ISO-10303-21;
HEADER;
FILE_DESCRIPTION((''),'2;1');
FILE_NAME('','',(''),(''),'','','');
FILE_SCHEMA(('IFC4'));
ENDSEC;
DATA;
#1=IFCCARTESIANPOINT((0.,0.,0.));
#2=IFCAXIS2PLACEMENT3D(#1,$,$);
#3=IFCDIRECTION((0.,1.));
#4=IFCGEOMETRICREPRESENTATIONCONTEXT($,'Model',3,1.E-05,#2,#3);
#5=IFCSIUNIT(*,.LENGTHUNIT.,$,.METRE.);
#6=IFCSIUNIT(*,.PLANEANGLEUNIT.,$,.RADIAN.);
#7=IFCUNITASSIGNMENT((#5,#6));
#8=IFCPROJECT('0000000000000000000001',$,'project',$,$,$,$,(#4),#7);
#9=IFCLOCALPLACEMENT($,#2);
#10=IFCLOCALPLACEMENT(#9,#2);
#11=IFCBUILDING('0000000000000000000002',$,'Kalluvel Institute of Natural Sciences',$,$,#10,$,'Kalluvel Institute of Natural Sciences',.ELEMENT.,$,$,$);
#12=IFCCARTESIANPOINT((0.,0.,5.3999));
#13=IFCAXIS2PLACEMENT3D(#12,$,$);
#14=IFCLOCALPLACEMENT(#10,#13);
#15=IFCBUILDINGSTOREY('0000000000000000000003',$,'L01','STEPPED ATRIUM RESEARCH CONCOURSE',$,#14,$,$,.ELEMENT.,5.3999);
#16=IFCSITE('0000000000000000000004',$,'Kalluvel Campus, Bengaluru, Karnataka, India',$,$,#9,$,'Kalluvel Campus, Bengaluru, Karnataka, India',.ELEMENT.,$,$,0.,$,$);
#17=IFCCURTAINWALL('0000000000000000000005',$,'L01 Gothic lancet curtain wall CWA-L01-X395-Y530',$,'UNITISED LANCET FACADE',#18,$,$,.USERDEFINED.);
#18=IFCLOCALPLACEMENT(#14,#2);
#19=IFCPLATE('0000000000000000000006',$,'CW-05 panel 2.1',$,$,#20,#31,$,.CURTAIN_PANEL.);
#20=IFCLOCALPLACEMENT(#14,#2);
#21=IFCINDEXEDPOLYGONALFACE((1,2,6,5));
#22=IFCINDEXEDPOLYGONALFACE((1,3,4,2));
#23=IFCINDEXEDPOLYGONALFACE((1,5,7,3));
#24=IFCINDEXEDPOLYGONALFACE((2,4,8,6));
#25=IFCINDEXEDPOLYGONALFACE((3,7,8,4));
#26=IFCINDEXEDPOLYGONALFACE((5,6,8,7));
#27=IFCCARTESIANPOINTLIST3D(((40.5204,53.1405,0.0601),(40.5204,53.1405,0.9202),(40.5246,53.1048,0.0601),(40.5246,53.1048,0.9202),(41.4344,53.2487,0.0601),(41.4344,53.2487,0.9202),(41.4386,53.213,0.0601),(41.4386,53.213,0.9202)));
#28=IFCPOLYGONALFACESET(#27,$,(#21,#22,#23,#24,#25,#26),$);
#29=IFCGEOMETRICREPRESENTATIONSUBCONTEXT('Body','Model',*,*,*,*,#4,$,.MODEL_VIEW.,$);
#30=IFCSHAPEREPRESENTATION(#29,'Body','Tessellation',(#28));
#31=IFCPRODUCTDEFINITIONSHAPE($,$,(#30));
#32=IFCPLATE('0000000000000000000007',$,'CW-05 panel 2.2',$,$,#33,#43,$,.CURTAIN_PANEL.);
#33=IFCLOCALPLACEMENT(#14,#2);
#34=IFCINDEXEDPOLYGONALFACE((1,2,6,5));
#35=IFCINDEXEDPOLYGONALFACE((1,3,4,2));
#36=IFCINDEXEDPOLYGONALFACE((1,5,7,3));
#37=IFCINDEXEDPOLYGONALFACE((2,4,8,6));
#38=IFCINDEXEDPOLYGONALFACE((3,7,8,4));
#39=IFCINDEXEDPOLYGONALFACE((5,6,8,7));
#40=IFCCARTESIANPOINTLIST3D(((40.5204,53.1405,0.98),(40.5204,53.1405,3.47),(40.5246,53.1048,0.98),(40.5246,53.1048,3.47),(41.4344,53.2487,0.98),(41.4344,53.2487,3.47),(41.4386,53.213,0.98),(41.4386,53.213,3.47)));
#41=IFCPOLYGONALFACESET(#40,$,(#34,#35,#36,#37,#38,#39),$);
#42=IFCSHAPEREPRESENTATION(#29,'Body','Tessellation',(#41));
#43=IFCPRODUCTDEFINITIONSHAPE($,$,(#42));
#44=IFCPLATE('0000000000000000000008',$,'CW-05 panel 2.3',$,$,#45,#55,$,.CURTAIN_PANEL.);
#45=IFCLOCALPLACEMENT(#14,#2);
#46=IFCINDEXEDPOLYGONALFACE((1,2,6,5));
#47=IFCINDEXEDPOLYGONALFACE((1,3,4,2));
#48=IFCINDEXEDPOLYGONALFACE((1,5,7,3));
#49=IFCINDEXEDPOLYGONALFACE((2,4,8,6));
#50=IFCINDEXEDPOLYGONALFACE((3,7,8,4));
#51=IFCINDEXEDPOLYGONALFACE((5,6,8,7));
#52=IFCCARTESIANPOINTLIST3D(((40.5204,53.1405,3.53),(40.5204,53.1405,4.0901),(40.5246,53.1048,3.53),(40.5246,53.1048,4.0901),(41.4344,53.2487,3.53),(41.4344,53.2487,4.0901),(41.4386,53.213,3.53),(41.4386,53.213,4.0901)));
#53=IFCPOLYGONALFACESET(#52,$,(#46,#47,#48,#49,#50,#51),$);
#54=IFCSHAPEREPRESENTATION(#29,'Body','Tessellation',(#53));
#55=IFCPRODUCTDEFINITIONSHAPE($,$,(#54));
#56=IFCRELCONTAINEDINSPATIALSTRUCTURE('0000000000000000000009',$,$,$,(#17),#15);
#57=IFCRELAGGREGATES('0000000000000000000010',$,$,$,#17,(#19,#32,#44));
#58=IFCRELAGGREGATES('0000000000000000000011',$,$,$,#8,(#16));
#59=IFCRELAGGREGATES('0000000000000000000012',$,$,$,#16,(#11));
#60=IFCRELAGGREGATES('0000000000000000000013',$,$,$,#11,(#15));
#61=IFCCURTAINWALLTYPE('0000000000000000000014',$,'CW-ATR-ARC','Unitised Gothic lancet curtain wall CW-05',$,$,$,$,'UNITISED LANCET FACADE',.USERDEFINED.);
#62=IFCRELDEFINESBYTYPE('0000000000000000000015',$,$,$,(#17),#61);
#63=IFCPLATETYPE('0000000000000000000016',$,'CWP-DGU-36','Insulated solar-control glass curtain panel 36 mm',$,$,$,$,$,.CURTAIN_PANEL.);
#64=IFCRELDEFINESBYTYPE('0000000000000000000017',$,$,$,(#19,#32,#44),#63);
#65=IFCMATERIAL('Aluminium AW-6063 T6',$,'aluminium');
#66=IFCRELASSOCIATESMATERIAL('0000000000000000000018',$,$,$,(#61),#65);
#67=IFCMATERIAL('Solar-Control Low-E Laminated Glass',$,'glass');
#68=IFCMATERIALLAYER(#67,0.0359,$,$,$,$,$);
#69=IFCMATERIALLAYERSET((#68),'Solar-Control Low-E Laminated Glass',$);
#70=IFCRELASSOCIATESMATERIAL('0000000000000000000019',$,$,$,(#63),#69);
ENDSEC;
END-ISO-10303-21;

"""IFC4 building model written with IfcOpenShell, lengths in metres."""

from ifc_helpers import new_model, si_unit, direction, frame, origin, origin_2d, place, context, subcontext, project, spatial, rectangle, extrude, material, layer, layer_set, type_object, element, aggregate, save


model = new_model("IFC4")

# Units and contexts
model_context = context("Model", 3, precision=1e-05, world=origin(), true_north=direction((0.0, 1.0)))
body_context = subcontext(model_context, "Body", "Model", "MODEL_VIEW")
ifc_project = project(units=[si_unit("LENGTHUNIT", "METRE"), si_unit("PLANEANGLEUNIT", "RADIAN")], contexts=[model_context])

# Site, building, storey
site_placement = place(None, origin())
site = spatial("IfcSite", under=ifc_project, at=site_placement, Name="Kalluvel Campus, Bengaluru, Karnataka, India", LongName="Kalluvel Campus, Bengaluru, Karnataka, India", CompositionType="ELEMENT", RefElevation=0.0)
building_placement = place(site_placement, origin())
building = spatial("IfcBuilding", under=site, at=building_placement, Name="Kalluvel Institute of Natural Sciences", LongName="Kalluvel Institute of Natural Sciences", CompositionType="ELEMENT")
storey_placement = place(building_placement, frame((0.0, 0.0, 5.3999)))
storey = spatial("IfcBuildingStorey", under=building, at=storey_placement, Name="L01", Description="STEPPED ATRIUM RESEARCH CONCOURSE", CompositionType="ELEMENT", Elevation=5.3999)

# Shared definitions
ifc_material_1 = material(Name="Aluminium AW-6063 T6", Category="aluminium")
curtain_wall_type = type_object("IfcCurtainWallType", Name="CW-ATR-ARC", Description="Unitised Gothic lancet curtain wall CW-05", ElementType="UNITISED LANCET FACADE", PredefinedType="USERDEFINED", material=ifc_material_1)

# Curtain wall
curtain_wall_1_placement = place(storey_placement, origin())
curtain_wall_1 = element("IfcCurtainWall", 1, at=curtain_wall_1_placement, inside=storey, type_object=curtain_wall_type, Name="L01 Gothic lancet curtain wall CWA-L01-X395-Y530", ObjectType="UNITISED LANCET FACADE", PredefinedType="USERDEFINED")

# Plates
ifc_material_2 = material(Name="Solar-Control Low-E Laminated Glass", Category="glass")
ifc_layer = layer(ifc_material_2, 0.0359)
ifc_layer_set = layer_set([ifc_layer], Name="Solar-Control Low-E Laminated Glass")
plate_type = type_object("IfcPlateType", Name="CWP-DGU-36", Description="Insulated solar-control glass curtain panel 36 mm", PredefinedType="CURTAIN_PANEL", material=ifc_layer_set)
plate_1_placement = place(storey_placement, frame((40.9795, 53.1768, 0.0601), z_axis=(0.0, 0.0, 1.0), x_axis=(0.993068, 0.117539, 0.0)))
plate_1 = element("IfcPlate", 2, at=plate_1_placement, type_object=plate_type, Name="CW-05 panel 2.1", PredefinedType="CURTAIN_PANEL", context=body_context, shape_type="SweptSolid", body=[
    extrude(rectangle(XDim=0.9204, YDim=0.0359, at=origin_2d()), origin(), (0.0, 0.0, 1.0), 0.8601),
])
plate_2_placement = place(storey_placement, frame((40.9795, 53.1768, 0.98), z_axis=(0.0, 0.0, 1.0), x_axis=(0.993068, 0.117539, 0.0)))
plate_2 = element("IfcPlate", 3, at=plate_2_placement, type_object=plate_type, Name="CW-05 panel 2.2", PredefinedType="CURTAIN_PANEL", context=body_context, shape_type="SweptSolid", body=[
    extrude(rectangle(XDim=0.9204, YDim=0.0359, at=origin_2d()), origin(), (0.0, 0.0, 1.0), 2.49),
])
plate_3_placement = place(storey_placement, frame((40.9795, 53.1768, 3.53), z_axis=(0.0, 0.0, 1.0), x_axis=(0.993068, 0.117539, 0.0)))
plate_3 = element("IfcPlate", 4, at=plate_3_placement, type_object=plate_type, Name="CW-05 panel 2.3", PredefinedType="CURTAIN_PANEL", context=body_context, shape_type="SweptSolid", body=[
    extrude(rectangle(XDim=0.9204, YDim=0.0359, at=origin_2d()), origin(), (0.0, 0.0, 1.0), 0.5601),
])
aggregate(curtain_wall_1, [plate_1, plate_2, plate_3])

save(model, "model.ifc")
